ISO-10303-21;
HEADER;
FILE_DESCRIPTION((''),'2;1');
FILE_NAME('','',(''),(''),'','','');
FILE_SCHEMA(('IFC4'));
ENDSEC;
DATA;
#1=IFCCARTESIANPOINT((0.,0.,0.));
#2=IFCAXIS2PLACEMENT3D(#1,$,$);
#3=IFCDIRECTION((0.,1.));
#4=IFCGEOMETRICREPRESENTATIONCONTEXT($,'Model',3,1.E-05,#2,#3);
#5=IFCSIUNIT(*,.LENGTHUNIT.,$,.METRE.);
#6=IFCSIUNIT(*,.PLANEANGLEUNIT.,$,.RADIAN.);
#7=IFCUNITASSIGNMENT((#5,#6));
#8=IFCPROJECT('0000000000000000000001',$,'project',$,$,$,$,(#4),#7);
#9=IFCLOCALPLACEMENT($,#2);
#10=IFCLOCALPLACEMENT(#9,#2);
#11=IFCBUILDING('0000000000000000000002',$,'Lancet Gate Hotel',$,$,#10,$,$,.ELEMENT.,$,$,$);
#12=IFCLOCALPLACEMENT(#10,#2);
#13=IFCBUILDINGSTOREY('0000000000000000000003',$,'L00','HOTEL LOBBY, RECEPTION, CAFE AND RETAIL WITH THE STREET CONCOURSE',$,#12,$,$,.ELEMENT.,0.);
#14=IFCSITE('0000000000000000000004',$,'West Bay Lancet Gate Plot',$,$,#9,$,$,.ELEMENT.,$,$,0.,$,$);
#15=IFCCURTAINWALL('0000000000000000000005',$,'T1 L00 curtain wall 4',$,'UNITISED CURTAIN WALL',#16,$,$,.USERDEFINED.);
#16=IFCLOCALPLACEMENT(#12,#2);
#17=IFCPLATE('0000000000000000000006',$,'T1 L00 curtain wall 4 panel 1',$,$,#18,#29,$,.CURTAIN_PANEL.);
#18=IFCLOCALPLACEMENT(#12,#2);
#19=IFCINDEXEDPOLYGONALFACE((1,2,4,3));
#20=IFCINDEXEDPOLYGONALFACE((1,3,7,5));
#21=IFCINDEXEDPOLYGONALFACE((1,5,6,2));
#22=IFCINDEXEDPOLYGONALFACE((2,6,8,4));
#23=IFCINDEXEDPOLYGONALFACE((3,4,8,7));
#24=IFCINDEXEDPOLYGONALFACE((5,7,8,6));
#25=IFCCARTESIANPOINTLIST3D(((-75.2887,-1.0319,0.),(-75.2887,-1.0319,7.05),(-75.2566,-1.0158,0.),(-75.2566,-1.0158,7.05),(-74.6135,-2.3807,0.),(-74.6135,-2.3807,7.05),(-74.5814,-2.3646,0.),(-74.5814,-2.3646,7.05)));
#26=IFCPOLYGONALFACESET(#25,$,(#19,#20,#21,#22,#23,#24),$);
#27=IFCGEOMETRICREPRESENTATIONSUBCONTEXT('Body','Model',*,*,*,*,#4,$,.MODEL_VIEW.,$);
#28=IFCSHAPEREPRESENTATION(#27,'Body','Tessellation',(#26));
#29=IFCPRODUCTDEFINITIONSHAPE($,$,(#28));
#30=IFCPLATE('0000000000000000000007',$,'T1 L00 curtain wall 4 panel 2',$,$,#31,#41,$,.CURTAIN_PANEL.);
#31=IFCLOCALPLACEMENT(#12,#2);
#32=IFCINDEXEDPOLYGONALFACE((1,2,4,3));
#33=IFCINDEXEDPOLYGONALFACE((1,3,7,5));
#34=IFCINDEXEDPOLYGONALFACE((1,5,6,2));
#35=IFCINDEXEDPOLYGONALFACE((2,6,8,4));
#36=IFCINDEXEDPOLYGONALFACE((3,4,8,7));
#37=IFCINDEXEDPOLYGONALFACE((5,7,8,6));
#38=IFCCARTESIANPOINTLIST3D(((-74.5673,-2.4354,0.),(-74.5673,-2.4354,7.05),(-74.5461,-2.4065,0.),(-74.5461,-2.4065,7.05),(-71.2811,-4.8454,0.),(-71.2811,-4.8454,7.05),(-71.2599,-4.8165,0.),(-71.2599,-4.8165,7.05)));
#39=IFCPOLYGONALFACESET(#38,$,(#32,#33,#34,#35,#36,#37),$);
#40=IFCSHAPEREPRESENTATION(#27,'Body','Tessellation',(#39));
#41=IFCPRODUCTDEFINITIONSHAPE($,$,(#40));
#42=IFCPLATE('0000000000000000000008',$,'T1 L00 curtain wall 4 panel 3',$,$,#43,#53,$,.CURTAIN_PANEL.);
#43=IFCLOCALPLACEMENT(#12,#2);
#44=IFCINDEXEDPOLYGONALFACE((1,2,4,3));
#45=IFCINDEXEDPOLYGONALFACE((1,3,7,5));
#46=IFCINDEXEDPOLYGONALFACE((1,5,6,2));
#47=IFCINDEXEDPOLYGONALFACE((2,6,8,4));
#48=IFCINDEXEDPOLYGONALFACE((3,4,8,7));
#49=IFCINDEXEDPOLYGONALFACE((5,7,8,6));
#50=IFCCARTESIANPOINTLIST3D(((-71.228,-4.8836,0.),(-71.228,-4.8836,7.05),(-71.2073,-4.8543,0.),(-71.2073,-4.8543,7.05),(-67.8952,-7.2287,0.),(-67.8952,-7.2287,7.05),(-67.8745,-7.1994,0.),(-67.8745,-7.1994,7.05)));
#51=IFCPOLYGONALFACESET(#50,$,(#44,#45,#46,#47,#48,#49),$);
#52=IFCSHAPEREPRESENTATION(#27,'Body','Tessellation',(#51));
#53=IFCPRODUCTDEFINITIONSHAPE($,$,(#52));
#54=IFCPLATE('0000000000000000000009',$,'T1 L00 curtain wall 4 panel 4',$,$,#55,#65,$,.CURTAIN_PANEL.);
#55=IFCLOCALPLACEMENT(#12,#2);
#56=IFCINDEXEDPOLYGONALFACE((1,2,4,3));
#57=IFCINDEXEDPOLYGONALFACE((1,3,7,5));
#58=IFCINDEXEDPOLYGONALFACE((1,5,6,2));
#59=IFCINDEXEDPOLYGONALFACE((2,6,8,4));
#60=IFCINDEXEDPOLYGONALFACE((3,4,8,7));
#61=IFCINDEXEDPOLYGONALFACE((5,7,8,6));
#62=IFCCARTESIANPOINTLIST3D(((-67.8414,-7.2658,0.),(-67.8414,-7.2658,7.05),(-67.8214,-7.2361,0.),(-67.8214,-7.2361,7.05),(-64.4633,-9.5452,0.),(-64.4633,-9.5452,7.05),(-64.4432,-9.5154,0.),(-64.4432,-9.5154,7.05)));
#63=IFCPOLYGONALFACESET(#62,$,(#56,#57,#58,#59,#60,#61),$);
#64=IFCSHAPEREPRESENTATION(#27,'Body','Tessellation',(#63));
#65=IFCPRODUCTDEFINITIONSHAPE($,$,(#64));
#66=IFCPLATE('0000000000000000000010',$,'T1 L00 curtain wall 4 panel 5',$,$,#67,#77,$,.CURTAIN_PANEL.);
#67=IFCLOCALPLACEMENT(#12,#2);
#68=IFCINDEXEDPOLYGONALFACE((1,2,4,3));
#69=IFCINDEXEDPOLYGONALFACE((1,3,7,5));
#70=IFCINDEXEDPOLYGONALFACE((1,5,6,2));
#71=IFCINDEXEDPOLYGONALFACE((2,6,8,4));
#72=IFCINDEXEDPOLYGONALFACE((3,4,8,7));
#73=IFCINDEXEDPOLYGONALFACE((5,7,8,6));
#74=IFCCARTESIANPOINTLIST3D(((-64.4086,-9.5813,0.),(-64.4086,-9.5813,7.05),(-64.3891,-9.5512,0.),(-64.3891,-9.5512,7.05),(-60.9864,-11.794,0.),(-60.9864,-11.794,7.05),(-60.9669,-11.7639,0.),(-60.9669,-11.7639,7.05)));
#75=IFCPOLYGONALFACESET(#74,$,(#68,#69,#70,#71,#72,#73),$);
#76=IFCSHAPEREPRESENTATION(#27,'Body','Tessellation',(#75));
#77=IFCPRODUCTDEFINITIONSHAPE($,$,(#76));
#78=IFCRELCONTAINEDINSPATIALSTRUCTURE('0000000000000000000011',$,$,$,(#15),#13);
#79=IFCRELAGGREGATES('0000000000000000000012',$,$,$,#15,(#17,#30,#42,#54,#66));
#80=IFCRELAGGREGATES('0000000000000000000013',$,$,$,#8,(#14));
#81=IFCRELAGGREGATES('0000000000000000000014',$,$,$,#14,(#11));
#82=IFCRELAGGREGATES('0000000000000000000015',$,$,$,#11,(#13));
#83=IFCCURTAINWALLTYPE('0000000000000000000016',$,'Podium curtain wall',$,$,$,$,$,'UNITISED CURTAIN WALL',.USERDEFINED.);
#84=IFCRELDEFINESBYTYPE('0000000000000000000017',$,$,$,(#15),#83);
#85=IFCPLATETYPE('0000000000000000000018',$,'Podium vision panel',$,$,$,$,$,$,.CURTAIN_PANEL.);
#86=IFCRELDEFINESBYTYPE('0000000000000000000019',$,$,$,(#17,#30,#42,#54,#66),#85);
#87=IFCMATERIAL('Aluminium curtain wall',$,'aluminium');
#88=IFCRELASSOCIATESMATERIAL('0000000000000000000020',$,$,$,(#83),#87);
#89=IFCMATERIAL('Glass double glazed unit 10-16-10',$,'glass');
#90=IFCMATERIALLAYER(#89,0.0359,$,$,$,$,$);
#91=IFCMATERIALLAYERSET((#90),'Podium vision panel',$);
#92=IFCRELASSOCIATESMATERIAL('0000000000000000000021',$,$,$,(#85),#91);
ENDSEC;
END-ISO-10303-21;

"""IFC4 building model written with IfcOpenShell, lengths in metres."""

from ifc_helpers import new_model, si_unit, direction, frame, origin, origin_2d, place, context, subcontext, project, spatial, rectangle, extrude, material, layer, layer_set, type_object, element, aggregate, save


model = new_model("IFC4")

# Units and contexts
model_context = context("Model", 3, precision=1e-05, world=origin(), true_north=direction((0.0, 1.0)))
body_context = subcontext(model_context, "Body", "Model", "MODEL_VIEW")
ifc_project = project(units=[si_unit("LENGTHUNIT", "METRE"), si_unit("PLANEANGLEUNIT", "RADIAN")], contexts=[model_context])

# Site, building, storey
site_placement = place(None, origin())
site = spatial("IfcSite", under=ifc_project, at=site_placement, Name="West Bay Lancet Gate Plot", CompositionType="ELEMENT", RefElevation=0.0)
building_placement = place(site_placement, origin())
building = spatial("IfcBuilding", under=site, at=building_placement, Name="Lancet Gate Hotel", CompositionType="ELEMENT")
storey_placement = place(building_placement, origin())
storey = spatial("IfcBuildingStorey", under=building, at=storey_placement, Name="L00", Description="HOTEL LOBBY, RECEPTION, CAFE AND RETAIL WITH THE STREET CONCOURSE", CompositionType="ELEMENT", Elevation=0.0)

# Curtain wall
ifc_material_1 = material(Name="Aluminium curtain wall", Category="aluminium")
curtain_wall_type = type_object("IfcCurtainWallType", Name="Podium curtain wall", ElementType="UNITISED CURTAIN WALL", PredefinedType="USERDEFINED", material=ifc_material_1)
curtain_wall_placement = place(storey_placement, origin())
curtain_wall = element("IfcCurtainWall", 1, at=curtain_wall_placement, inside=storey, type_object=curtain_wall_type, Name="T1 L00 curtain wall 4", ObjectType="UNITISED CURTAIN WALL", PredefinedType="USERDEFINED")

# Plates
ifc_material_2 = material(Name="Glass double glazed unit 10-16-10", Category="glass")
ifc_layer = layer(ifc_material_2, 0.0359)
ifc_layer_set = layer_set([ifc_layer], Name="Podium vision panel")
plate_type = type_object("IfcPlateType", Name="Podium vision panel", PredefinedType="CURTAIN_PANEL", material=ifc_layer_set)
plate_1_placement = place(storey_placement, frame((-74.9351, -1.6982, 0.0), z_axis=(0.0, 0.0, 1.0), x_axis=(0.447628, -0.89422, 0.0)))
plate_1 = element("IfcPlate", 2, at=plate_1_placement, type_object=plate_type, Name="T1 L00 curtain wall 4 panel 1", PredefinedType="CURTAIN_PANEL", context=body_context, shape_type="SweptSolid", body=[
    extrude(rectangle(XDim=1.5083, YDim=0.0359, at=origin_2d()), origin(), (0.0, 0.0, 1.0), 7.05),
])
plate_2_placement = place(storey_placement, frame((-72.9136, -3.626, 0.0), z_axis=(0.0, 0.0, 1.0), x_axis=(0.80639, -0.591384, 0.0)))
plate_2 = element("IfcPlate", 3, at=plate_2_placement, type_object=plate_type, Name="T1 L00 curtain wall 4 panel 2", PredefinedType="CURTAIN_PANEL", context=body_context, shape_type="SweptSolid", body=[
    extrude(rectangle(XDim=4.0752, YDim=0.0359, at=origin_2d()), origin(), (0.0, 0.0, 1.0), 7.05),
])
plate_3_placement = place(storey_placement, frame((-69.5513, -6.0415, 0.0), z_axis=(0.0, 0.0, 1.0), x_axis=(0.817825, -0.575467, 0.0)))
plate_3 = element("IfcPlate", 4, at=plate_3_placement, type_object=plate_type, Name="T1 L00 curtain wall 4 panel 3", PredefinedType="CURTAIN_PANEL", context=body_context, shape_type="SweptSolid", body=[
    extrude(rectangle(XDim=4.0752, YDim=0.0359, at=origin_2d()), origin(), (0.0, 0.0, 1.0), 7.05),
])
plate_4_placement = place(storey_placement, frame((-66.1423, -8.3906, 0.0), z_axis=(0.0, 0.0, 1.0), x_axis=(0.828946, -0.559329, 0.0)))
plate_4 = element("IfcPlate", 5, at=plate_4_placement, type_object=plate_type, Name="T1 L00 curtain wall 4 panel 4", PredefinedType="CURTAIN_PANEL", context=body_context, shape_type="SweptSolid", body=[
    extrude(rectangle(XDim=4.0752, YDim=0.0359, at=origin_2d()), origin(), (0.0, 0.0, 1.0), 7.05),
])
plate_5_placement = place(storey_placement, frame((-62.6877, -10.6726, 0.0), z_axis=(0.0, 0.0, 1.0), x_axis=(0.839749, -0.542975, 0.0)))
plate_5 = element("IfcPlate", 6, at=plate_5_placement, type_object=plate_type, Name="T1 L00 curtain wall 4 panel 5", PredefinedType="CURTAIN_PANEL", context=body_context, shape_type="SweptSolid", body=[
    extrude(rectangle(XDim=4.0752, YDim=0.0359, at=origin_2d()), origin(), (0.0, 0.0, 1.0), 7.05),
])
aggregate(curtain_wall, [plate_1, plate_2, plate_3, plate_4, plate_5])

save(model, "model.ifc")
